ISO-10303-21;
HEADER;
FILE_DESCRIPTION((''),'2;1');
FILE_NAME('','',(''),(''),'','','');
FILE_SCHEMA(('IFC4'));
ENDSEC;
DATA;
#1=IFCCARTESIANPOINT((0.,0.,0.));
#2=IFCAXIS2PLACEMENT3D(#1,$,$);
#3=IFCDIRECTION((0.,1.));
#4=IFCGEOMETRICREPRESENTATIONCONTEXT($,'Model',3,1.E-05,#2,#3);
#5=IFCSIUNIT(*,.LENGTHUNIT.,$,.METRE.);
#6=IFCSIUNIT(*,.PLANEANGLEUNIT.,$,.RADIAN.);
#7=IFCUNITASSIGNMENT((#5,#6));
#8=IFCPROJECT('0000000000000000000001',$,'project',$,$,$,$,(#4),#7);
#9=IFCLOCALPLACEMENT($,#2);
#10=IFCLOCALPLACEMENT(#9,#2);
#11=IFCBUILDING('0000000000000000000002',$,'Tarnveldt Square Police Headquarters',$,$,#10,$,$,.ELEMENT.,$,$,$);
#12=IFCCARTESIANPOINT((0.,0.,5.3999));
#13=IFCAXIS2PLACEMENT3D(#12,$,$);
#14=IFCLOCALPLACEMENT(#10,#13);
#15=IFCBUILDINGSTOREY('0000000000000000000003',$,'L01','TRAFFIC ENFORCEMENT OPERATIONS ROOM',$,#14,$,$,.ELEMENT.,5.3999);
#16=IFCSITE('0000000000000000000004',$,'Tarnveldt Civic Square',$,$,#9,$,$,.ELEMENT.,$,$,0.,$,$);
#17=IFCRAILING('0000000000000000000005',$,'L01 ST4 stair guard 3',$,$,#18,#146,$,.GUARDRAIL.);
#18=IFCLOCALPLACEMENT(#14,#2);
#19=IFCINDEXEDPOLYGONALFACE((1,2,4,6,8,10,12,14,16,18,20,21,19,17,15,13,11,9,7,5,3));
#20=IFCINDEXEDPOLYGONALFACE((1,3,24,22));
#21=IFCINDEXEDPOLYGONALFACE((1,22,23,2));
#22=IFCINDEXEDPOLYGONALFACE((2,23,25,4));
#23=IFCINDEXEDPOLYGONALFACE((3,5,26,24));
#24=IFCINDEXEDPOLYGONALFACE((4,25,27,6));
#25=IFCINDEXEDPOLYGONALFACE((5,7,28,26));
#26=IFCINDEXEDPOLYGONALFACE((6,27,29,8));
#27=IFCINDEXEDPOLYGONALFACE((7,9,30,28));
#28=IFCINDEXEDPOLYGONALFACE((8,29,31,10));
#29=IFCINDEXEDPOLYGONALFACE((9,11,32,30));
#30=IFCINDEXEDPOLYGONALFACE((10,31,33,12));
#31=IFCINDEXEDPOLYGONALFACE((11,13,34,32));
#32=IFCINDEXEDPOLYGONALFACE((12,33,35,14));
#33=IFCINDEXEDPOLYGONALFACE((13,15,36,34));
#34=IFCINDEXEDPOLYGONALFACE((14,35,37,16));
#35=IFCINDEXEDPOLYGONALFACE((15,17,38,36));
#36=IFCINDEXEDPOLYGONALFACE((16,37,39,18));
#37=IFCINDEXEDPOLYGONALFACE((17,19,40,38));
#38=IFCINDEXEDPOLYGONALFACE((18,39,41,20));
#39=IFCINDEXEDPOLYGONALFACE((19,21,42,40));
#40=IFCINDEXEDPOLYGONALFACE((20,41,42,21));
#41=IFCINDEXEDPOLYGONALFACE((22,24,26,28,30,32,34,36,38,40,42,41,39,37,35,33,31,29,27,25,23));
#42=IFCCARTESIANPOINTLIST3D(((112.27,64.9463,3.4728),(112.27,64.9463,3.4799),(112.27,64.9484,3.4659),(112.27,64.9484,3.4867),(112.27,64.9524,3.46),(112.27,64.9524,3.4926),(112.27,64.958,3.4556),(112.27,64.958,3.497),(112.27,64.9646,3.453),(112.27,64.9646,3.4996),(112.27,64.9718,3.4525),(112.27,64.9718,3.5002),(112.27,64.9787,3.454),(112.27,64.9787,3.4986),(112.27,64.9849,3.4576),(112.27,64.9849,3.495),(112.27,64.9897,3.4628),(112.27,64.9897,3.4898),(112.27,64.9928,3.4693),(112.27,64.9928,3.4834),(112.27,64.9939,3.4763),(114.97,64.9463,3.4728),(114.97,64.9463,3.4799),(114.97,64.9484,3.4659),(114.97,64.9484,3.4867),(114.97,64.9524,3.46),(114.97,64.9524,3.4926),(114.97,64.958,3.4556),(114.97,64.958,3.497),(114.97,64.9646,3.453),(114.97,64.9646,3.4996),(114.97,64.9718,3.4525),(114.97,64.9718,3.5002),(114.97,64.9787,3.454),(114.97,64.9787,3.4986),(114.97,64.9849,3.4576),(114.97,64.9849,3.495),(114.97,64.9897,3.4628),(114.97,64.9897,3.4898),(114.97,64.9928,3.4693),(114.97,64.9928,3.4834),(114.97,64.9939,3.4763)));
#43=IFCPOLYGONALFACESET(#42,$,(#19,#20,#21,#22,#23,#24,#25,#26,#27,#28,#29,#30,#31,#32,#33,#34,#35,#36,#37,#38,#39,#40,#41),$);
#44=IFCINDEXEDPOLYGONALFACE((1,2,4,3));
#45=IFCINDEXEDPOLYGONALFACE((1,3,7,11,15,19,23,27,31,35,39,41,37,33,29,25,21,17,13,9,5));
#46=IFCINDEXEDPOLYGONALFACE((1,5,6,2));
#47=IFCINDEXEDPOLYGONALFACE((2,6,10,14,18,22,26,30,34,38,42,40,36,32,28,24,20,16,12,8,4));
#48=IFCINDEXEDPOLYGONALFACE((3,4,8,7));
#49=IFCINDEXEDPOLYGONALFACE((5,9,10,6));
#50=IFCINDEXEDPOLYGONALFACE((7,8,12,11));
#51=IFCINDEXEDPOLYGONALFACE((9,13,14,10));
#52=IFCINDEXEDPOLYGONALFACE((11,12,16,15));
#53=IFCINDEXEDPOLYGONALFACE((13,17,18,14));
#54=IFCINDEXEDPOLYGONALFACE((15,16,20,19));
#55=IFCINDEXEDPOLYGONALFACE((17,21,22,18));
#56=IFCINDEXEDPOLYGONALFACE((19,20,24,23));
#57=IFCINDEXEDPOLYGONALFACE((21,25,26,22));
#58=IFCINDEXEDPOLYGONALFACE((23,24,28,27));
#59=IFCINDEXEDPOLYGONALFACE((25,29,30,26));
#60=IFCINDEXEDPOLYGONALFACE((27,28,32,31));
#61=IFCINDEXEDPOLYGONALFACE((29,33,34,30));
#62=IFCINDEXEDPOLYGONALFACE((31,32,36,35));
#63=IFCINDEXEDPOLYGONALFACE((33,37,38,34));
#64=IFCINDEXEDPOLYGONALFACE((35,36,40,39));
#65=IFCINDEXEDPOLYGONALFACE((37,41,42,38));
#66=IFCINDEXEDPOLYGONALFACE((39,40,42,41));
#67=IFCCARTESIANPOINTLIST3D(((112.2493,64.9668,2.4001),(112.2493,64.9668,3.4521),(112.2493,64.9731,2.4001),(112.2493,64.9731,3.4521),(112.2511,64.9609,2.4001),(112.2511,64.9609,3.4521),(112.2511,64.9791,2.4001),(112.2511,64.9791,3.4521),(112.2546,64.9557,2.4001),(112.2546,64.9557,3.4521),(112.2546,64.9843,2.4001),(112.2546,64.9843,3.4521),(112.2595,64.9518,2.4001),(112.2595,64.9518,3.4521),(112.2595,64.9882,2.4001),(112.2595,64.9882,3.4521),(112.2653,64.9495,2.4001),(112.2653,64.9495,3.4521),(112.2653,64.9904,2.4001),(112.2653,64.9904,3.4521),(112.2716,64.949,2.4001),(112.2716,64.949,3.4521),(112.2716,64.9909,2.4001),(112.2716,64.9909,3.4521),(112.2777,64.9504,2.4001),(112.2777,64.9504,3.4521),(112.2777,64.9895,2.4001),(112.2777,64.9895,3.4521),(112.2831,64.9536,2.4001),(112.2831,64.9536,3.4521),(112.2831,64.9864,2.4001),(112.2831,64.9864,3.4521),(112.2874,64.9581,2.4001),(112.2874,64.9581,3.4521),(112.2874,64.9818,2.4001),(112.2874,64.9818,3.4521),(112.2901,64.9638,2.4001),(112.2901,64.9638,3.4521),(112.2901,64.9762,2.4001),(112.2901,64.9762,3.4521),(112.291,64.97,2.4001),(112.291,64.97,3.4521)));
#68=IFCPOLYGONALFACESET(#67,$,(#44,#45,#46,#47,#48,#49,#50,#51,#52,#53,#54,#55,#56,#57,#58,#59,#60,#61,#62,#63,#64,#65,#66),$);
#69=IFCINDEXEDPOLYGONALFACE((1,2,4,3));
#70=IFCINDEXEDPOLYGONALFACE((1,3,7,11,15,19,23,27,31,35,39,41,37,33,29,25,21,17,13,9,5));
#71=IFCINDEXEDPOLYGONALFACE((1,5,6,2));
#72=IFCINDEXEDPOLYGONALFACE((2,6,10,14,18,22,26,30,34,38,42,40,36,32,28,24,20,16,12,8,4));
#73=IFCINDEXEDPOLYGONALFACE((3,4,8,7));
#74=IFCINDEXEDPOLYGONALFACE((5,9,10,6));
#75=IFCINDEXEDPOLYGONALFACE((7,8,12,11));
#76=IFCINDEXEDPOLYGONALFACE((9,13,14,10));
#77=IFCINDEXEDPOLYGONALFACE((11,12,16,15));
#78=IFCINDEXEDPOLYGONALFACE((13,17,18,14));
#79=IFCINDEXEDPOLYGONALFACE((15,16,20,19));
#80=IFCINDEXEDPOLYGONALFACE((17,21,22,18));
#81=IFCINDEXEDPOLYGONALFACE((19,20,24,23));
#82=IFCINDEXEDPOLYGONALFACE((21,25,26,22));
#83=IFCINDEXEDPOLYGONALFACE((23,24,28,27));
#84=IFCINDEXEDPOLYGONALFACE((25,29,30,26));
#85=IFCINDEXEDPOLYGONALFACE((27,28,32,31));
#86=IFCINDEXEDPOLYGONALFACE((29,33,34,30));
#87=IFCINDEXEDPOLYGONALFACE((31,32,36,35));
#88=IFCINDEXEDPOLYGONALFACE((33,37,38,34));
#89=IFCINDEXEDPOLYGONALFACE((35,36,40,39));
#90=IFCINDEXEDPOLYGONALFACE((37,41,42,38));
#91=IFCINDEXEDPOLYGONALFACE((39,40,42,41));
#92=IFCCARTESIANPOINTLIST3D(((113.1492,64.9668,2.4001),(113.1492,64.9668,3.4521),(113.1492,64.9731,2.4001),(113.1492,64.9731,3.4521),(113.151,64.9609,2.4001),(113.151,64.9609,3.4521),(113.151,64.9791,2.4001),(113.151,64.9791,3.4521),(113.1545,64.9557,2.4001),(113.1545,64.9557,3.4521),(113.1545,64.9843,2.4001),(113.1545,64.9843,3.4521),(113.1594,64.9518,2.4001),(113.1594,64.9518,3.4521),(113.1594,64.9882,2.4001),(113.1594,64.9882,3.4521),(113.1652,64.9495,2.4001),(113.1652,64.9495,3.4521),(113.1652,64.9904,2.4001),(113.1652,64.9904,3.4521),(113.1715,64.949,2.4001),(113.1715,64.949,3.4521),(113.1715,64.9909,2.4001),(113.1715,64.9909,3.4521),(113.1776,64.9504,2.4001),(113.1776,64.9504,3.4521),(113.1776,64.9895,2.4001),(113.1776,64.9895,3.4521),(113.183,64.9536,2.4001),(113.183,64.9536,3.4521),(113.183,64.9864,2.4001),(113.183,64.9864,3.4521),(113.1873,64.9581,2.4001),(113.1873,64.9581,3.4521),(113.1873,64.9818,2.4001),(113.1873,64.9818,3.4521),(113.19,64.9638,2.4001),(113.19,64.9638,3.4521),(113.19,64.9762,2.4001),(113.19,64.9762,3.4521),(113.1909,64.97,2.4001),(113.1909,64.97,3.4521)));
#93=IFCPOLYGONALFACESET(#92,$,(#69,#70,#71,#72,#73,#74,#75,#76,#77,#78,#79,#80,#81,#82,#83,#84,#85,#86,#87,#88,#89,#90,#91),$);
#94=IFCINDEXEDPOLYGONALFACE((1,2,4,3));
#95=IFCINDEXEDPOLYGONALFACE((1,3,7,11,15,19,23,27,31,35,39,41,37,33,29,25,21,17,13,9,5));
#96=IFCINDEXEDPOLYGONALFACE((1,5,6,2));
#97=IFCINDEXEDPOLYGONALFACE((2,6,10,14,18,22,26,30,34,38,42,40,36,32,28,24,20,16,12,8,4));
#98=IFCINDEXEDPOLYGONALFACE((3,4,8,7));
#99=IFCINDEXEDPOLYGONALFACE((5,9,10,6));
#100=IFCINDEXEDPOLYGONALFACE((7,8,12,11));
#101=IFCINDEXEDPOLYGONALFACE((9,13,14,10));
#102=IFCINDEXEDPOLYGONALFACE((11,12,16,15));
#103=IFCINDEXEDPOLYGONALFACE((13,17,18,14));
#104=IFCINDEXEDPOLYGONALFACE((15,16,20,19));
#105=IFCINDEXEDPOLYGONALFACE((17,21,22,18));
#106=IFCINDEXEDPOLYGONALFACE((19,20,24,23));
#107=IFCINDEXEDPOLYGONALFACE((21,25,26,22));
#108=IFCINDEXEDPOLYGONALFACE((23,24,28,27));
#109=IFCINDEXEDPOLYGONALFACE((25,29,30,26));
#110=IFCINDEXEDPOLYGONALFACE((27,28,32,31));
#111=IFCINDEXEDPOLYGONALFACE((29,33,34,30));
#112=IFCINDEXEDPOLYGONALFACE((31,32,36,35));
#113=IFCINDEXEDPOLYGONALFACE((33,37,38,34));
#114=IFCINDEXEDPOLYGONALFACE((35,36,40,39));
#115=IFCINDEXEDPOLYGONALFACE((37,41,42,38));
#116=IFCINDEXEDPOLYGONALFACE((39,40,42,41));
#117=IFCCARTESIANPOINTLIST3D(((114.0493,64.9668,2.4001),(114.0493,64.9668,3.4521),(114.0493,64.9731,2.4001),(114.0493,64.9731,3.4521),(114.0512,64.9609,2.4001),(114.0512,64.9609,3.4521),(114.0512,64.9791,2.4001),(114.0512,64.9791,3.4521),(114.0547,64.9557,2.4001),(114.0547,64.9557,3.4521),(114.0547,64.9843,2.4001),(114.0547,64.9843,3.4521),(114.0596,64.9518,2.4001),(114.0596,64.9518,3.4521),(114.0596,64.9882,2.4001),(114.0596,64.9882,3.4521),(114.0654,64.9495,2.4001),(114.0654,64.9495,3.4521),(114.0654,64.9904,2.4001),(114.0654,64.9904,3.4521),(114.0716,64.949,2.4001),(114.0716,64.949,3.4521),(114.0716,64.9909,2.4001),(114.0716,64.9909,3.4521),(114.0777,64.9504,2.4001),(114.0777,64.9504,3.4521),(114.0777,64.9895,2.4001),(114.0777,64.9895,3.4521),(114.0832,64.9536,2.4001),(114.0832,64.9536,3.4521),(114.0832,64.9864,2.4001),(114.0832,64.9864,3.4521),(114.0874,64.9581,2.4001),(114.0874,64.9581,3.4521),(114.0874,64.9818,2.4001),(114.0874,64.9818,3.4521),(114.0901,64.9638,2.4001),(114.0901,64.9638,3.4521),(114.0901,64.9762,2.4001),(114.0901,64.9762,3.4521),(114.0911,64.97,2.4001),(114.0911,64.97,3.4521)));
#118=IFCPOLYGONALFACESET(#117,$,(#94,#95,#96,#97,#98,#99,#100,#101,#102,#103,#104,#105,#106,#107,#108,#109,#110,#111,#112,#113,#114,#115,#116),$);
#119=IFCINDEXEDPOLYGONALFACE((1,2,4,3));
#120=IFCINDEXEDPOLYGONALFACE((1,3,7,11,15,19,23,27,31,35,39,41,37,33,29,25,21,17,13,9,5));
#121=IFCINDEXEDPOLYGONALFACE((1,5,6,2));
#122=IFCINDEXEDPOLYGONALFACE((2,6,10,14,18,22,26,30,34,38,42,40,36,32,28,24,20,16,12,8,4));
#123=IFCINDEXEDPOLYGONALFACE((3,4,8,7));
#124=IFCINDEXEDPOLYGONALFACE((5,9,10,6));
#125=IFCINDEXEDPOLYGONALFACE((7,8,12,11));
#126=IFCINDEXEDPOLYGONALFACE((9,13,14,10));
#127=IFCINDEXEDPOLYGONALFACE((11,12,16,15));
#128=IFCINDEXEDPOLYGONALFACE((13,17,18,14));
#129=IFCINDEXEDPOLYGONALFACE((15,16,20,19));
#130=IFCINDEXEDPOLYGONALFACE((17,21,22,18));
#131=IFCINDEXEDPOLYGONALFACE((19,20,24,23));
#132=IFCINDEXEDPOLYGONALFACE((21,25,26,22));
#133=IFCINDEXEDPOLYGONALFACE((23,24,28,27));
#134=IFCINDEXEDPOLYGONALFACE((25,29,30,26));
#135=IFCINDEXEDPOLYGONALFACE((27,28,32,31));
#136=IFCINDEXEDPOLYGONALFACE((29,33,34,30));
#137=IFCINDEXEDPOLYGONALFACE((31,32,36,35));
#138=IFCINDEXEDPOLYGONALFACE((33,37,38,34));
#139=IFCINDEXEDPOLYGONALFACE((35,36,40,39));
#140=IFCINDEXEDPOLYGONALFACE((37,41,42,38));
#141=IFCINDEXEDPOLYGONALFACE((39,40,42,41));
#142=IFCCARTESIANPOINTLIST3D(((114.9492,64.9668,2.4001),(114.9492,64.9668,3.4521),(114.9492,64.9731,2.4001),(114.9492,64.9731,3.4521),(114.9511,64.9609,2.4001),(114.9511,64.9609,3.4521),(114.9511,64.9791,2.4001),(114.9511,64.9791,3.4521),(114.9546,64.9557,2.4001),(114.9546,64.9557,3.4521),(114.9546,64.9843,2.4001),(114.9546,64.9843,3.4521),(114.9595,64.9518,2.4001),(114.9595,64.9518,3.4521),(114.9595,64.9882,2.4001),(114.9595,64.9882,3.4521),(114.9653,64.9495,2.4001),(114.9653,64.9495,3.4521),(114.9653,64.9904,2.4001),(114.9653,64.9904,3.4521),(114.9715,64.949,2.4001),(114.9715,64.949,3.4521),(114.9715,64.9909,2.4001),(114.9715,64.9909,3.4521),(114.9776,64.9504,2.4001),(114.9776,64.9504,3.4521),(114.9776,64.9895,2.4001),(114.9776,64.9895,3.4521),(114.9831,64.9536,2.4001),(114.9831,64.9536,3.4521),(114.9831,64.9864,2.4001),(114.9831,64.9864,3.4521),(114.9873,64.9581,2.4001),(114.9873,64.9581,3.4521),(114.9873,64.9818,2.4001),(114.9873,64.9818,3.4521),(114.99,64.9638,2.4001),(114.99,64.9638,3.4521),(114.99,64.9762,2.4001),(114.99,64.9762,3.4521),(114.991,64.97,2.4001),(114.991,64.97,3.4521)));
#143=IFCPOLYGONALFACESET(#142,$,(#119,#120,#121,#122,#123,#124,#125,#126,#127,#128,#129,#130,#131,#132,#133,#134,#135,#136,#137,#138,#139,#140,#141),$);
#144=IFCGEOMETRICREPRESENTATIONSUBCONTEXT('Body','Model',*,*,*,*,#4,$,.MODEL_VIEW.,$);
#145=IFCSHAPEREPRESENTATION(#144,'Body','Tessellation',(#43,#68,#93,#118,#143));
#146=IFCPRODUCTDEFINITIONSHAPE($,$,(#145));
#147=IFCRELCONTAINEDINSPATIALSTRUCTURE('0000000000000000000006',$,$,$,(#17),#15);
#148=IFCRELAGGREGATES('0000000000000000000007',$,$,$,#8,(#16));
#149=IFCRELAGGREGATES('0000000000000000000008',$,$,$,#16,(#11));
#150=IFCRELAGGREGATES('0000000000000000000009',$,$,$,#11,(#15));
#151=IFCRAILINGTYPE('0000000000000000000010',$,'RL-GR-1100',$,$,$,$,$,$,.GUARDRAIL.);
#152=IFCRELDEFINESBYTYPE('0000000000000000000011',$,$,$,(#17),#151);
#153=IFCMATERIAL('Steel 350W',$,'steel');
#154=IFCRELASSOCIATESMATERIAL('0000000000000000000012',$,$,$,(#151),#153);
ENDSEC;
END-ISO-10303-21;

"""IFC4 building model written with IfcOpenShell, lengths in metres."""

from ifc_helpers import new_model, si_unit, direction, frame, origin, origin_2d, place, context, subcontext, project, spatial, circle, extrude, material, type_object, element, save


model = new_model("IFC4")

# Units and contexts
model_context = context("Model", 3, precision=1e-05, world=origin(), true_north=direction((0.0, 1.0)))
body_context = subcontext(model_context, "Body", "Model", "MODEL_VIEW")
ifc_project = project(units=[si_unit("LENGTHUNIT", "METRE"), si_unit("PLANEANGLEUNIT", "RADIAN")], contexts=[model_context])

# Site, building, storey
site_placement = place(None, origin())
site = spatial("IfcSite", under=ifc_project, at=site_placement, Name="Tarnveldt Civic Square", CompositionType="ELEMENT", RefElevation=0.0)
building_placement = place(site_placement, origin())
building = spatial("IfcBuilding", under=site, at=building_placement, Name="Tarnveldt Square Police Headquarters", CompositionType="ELEMENT")
storey_placement = place(building_placement, frame((0.0, 0.0, 5.3999)))
storey = spatial("IfcBuildingStorey", under=building, at=storey_placement, Name="L01", Description="TRAFFIC ENFORCEMENT OPERATIONS ROOM", CompositionType="ELEMENT", Elevation=5.3999)

# Shared definitions
ifc_material_1 = material(Name="Steel 350W", Category="steel")

# Railing
railing_type_1 = type_object("IfcRailingType", Name="RL-GR-1100", PredefinedType="GUARDRAIL", material=ifc_material_1)
railing_1_placement = place(storey_placement, frame((112.27, 64.97, 2.4001)))
element("IfcRailing", 1, at=railing_1_placement, inside=storey, type_object=railing_type_1, Name="L01 ST4 stair guard 3", PredefinedType="GUARDRAIL", context=body_context, shape_type="SweptSolid", body=[
    extrude(circle(Radius=0.0239, at=origin_2d()), frame((0.0, 0.0, 1.0762), z_axis=(1.0, 0.0, 0.0), x_axis=(0.0, 1.0, 0.0)), (0.0, 0.0, 1.0), 2.7),
    extrude(circle(Radius=0.021, at=origin_2d()), origin(), (0.0, 0.0, 1.0), 1.052),
    extrude(circle(Radius=0.021, at=origin_2d()), frame((0.8999, 0.0, 0.0)), (0.0, 0.0, 1.0), 1.052),
    extrude(circle(Radius=0.021, at=origin_2d()), frame((1.8, 0.0, 0.0)), (0.0, 0.0, 1.0), 1.052),
    extrude(circle(Radius=0.021, at=origin_2d()), frame((2.7, 0.0, 0.0)), (0.0, 0.0, 1.0), 1.052),
])

save(model, "model.ifc")
